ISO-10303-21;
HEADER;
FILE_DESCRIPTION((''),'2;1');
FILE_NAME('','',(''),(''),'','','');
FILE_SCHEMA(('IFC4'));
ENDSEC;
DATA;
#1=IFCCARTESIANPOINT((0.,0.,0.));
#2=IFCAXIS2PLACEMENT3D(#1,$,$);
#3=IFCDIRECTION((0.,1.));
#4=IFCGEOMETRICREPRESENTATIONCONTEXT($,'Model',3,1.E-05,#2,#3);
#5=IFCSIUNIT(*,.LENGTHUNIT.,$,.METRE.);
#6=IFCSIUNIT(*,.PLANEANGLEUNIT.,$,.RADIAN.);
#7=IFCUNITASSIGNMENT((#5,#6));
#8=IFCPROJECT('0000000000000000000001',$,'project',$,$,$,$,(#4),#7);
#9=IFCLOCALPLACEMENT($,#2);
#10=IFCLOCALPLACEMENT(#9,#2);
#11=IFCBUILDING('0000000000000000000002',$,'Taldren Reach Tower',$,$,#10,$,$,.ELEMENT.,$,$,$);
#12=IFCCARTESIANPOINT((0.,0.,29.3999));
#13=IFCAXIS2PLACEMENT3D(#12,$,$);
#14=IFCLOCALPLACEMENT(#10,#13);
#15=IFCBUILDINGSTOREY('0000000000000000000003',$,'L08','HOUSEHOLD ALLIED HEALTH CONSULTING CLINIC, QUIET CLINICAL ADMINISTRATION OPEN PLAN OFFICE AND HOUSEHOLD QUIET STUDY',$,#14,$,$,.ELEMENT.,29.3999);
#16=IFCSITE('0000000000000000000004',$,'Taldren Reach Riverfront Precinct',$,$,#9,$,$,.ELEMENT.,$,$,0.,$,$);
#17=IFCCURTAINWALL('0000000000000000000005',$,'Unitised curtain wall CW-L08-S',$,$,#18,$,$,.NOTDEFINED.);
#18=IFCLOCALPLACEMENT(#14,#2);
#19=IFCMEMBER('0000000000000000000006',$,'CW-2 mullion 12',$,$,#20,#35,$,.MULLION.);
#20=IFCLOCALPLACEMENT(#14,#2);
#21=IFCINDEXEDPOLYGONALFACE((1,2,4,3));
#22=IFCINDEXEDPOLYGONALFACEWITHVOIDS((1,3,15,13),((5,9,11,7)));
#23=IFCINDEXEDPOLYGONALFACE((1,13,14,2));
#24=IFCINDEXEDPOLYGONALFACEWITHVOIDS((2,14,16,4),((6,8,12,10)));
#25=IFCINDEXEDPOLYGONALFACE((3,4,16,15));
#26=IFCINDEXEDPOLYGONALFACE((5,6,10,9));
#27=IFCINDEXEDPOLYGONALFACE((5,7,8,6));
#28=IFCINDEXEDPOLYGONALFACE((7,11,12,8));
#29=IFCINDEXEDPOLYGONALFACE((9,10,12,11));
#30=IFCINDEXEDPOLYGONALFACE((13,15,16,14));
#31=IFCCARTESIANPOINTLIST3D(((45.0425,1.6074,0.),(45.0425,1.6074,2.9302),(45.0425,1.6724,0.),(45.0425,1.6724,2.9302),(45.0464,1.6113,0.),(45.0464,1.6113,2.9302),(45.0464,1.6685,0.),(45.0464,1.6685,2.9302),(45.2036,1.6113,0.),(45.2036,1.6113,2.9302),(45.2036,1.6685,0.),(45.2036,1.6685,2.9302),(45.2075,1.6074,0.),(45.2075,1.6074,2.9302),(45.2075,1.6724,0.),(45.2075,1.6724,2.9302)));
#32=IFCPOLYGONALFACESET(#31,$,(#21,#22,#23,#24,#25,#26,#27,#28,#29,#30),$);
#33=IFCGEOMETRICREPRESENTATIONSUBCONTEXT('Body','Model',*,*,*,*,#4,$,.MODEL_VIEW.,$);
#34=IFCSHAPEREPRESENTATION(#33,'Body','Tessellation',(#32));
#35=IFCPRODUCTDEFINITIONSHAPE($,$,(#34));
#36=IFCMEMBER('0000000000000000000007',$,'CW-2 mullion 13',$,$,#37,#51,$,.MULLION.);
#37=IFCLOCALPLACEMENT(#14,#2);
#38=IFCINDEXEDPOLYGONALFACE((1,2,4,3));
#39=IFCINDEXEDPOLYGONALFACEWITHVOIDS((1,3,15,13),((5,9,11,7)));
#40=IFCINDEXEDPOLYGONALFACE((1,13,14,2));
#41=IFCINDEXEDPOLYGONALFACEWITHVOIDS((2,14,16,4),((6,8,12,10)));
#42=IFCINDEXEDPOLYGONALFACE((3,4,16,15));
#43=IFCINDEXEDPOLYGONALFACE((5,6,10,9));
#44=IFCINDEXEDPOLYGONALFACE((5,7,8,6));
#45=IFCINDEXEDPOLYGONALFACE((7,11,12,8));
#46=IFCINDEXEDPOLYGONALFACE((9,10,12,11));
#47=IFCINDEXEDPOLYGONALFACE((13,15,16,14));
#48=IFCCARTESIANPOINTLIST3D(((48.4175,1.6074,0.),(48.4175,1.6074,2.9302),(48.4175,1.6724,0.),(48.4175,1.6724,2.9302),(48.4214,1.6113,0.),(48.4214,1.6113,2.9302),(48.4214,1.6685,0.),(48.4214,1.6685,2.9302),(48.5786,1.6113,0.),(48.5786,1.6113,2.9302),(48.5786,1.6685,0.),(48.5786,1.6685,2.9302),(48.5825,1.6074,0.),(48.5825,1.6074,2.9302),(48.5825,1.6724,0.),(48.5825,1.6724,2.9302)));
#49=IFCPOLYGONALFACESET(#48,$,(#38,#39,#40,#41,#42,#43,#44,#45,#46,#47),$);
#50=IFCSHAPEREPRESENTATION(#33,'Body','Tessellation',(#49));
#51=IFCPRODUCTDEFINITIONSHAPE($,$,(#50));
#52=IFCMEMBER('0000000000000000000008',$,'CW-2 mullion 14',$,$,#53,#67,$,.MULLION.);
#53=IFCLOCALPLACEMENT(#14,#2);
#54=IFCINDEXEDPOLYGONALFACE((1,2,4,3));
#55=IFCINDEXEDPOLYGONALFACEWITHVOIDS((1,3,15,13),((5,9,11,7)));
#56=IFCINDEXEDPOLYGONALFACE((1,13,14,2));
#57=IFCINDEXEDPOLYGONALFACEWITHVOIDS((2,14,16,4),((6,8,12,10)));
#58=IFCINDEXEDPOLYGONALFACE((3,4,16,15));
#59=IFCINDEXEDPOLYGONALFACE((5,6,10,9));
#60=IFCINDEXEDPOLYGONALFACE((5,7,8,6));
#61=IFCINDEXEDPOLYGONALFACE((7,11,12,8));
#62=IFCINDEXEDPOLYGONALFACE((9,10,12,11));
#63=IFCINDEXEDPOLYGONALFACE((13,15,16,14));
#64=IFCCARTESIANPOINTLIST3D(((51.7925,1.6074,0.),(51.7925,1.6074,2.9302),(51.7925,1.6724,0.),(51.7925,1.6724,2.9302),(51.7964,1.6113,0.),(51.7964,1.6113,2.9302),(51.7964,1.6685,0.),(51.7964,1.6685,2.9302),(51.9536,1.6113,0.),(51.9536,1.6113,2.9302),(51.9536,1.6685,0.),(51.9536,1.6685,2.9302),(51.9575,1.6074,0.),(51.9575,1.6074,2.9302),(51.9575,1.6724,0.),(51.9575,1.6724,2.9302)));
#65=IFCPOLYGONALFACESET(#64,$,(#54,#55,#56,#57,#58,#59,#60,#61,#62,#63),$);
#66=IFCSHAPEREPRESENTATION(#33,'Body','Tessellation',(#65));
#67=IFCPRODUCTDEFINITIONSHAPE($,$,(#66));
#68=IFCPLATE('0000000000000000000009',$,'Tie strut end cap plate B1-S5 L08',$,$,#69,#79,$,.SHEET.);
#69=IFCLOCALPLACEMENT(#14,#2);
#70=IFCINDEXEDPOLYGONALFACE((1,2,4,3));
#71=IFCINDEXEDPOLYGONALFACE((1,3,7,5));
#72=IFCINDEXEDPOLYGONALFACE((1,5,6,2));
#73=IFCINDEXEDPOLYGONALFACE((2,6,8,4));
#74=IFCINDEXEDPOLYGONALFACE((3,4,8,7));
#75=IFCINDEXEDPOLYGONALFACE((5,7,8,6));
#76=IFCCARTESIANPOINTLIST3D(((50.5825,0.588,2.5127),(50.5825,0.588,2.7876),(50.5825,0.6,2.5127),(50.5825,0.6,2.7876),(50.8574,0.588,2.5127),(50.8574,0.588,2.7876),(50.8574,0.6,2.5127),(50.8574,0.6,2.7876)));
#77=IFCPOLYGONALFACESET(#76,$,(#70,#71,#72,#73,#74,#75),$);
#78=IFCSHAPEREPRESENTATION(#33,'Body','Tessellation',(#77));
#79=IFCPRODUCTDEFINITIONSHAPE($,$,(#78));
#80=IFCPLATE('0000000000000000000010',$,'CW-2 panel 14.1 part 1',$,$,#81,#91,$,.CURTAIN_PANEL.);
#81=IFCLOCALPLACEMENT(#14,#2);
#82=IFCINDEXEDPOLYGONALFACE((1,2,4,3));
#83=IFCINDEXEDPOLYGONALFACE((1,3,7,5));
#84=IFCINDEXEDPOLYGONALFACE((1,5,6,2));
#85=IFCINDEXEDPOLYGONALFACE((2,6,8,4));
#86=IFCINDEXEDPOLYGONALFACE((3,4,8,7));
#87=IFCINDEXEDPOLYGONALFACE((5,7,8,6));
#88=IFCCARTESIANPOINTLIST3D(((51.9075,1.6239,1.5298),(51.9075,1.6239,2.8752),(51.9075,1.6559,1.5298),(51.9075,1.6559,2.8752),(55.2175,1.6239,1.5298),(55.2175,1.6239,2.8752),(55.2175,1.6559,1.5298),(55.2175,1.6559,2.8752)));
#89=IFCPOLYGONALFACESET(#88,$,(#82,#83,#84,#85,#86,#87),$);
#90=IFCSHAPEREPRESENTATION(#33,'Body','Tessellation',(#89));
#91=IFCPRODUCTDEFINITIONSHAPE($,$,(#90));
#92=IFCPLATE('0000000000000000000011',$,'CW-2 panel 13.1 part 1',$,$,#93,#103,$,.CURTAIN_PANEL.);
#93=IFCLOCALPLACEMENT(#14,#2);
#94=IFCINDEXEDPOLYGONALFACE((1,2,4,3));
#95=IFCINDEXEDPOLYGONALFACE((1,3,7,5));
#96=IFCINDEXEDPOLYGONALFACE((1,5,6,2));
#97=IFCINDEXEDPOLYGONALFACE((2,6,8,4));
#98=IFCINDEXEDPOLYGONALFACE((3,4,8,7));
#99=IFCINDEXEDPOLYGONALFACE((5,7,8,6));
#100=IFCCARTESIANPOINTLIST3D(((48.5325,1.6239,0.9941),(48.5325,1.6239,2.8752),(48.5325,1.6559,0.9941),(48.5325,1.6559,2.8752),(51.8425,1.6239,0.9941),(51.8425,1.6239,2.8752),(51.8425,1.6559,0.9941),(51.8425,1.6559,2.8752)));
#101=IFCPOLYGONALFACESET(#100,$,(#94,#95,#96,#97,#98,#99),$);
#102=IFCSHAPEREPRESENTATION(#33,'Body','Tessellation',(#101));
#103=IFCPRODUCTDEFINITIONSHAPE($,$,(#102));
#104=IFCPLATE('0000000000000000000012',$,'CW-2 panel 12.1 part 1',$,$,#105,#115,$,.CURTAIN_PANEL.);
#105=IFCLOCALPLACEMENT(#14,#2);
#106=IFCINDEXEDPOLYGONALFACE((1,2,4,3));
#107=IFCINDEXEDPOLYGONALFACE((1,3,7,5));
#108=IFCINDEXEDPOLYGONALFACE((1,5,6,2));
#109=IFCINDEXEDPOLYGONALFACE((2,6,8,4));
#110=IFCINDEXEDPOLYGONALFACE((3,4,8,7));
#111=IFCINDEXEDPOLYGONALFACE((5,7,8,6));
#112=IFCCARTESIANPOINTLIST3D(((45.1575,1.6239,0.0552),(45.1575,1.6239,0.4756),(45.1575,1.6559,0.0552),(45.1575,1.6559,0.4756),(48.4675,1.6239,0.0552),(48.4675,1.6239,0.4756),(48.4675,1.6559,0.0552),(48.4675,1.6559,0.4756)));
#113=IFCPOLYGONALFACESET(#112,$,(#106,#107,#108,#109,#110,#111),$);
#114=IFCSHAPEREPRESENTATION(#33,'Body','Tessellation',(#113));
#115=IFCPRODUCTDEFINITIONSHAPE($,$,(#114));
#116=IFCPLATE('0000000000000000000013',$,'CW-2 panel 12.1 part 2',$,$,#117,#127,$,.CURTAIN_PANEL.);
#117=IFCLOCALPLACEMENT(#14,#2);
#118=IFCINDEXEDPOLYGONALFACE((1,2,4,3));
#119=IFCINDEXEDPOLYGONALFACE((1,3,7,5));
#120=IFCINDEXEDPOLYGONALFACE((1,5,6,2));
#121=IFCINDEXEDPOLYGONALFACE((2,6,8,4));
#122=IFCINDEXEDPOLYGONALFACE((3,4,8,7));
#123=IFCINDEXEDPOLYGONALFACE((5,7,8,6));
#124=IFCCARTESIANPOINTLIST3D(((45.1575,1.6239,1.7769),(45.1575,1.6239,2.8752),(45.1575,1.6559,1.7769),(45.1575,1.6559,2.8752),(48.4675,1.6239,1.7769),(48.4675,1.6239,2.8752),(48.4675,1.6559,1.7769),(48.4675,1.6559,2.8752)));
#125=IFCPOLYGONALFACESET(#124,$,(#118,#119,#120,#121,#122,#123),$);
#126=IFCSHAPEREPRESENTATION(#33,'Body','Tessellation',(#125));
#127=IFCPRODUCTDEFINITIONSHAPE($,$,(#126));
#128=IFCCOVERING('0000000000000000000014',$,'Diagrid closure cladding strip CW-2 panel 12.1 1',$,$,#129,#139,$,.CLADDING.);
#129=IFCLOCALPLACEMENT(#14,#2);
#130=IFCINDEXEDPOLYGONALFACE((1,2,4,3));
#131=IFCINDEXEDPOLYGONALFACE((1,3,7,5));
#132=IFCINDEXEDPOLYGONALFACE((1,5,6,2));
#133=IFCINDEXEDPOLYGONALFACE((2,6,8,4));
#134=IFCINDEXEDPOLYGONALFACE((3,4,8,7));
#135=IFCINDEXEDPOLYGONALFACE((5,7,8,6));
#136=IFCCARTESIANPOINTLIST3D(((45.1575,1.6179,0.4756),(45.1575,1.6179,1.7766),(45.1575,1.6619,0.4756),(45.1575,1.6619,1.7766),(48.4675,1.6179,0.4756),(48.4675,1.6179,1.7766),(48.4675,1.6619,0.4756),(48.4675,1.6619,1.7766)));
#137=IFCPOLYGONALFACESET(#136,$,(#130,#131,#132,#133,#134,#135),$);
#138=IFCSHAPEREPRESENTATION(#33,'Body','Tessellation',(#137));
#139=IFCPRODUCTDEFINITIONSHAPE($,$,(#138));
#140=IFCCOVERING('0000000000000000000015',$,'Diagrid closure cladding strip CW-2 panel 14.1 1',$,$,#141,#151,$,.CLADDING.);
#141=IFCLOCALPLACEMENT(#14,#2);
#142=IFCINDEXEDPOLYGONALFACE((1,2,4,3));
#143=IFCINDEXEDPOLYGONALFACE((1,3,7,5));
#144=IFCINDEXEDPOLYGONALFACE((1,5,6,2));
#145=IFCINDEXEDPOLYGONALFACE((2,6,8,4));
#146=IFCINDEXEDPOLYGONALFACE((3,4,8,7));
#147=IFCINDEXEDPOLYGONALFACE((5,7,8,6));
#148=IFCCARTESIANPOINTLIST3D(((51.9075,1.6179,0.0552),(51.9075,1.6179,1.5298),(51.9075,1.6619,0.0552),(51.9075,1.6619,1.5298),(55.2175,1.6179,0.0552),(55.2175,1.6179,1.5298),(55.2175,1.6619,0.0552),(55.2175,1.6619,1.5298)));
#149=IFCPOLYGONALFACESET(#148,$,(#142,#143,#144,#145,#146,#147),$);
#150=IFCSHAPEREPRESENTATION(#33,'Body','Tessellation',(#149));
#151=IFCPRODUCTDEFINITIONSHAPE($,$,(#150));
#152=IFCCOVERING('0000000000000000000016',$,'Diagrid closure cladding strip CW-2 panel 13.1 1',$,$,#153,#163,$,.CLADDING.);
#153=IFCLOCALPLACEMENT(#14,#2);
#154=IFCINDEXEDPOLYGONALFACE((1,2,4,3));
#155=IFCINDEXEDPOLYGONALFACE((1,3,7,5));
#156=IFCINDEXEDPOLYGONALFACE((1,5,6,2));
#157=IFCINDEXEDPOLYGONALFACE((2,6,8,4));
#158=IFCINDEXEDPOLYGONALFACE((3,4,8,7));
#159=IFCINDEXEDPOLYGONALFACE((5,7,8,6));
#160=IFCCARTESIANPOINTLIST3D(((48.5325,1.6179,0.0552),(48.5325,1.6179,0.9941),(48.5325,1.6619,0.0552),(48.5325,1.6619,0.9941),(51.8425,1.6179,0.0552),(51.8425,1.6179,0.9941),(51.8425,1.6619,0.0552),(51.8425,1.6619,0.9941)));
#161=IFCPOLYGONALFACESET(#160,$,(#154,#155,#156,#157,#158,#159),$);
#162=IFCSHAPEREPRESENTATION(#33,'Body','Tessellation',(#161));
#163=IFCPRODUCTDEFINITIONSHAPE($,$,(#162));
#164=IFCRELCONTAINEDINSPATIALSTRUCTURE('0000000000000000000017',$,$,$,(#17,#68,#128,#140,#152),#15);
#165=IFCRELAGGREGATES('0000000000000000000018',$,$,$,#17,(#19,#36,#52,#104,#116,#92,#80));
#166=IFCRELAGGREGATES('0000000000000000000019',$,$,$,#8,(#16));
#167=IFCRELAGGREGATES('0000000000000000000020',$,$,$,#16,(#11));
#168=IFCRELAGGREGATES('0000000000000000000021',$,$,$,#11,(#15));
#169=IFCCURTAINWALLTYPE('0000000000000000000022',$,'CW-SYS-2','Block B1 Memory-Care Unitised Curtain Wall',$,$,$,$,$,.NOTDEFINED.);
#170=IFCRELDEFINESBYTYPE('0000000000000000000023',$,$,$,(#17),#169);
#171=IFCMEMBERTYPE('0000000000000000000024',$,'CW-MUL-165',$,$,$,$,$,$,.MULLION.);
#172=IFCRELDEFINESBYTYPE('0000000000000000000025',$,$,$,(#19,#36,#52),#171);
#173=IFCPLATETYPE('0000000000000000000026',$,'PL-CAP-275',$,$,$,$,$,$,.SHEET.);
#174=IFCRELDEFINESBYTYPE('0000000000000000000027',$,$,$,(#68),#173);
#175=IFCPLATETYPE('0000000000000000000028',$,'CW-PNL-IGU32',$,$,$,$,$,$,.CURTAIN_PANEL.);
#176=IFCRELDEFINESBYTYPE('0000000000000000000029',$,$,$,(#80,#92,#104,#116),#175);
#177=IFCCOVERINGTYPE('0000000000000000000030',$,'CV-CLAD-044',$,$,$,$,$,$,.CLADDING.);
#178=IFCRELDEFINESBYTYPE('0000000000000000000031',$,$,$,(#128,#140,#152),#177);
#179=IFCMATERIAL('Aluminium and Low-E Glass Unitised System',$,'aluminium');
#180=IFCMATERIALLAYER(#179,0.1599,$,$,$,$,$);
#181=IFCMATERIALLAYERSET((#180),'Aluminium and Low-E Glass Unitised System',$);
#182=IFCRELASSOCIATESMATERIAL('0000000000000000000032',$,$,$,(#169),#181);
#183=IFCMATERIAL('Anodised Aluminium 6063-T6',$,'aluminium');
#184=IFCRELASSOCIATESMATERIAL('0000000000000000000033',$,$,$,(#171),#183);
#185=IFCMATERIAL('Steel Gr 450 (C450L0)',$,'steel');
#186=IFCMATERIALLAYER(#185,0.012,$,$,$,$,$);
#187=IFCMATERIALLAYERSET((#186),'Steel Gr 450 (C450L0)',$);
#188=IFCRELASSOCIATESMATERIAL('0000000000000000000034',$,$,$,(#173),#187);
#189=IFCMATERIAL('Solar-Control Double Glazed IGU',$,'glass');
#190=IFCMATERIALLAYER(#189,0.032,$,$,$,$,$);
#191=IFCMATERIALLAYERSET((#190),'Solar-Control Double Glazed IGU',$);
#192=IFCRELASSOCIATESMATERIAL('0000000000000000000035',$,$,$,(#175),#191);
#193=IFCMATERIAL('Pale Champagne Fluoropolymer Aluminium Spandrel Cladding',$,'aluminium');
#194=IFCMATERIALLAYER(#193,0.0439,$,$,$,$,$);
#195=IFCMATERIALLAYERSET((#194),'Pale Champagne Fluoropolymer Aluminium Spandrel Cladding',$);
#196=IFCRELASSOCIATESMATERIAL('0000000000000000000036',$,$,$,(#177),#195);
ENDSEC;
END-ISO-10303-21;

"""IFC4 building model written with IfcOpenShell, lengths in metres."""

from ifc_helpers import new_model, si_unit, direction, frame, origin, origin_2d, place, context, subcontext, project, spatial, rectangle, hollow_rectangle, extrude, source, transform, mapped, material, layer, layer_set, material_profile, profile_set, type_object, element, aggregate, save


model = new_model("IFC4")

# Units and contexts
model_context = context("Model", 3, precision=1e-05, world=origin(), true_north=direction((0.0, 1.0)))
body_context = subcontext(model_context, "Body", "Model", "MODEL_VIEW")
ifc_project = project(units=[si_unit("LENGTHUNIT", "METRE"), si_unit("PLANEANGLEUNIT", "RADIAN")], contexts=[model_context])

# Site, building, storey
site_placement = place(None, origin())
site = spatial("IfcSite", under=ifc_project, at=site_placement, Name="Taldren Reach Riverfront Precinct", CompositionType="ELEMENT", RefElevation=0.0)
building_placement = place(site_placement, origin())
building = spatial("IfcBuilding", under=site, at=building_placement, Name="Taldren Reach Tower", CompositionType="ELEMENT")
storey_placement = place(building_placement, frame((0.0, 0.0, 29.3999)))
storey = spatial("IfcBuildingStorey", under=building, at=storey_placement, Name="L08", Description="HOUSEHOLD ALLIED HEALTH CONSULTING CLINIC, QUIET CLINICAL ADMINISTRATION OPEN PLAN OFFICE AND HOUSEHOLD QUIET STUDY", CompositionType="ELEMENT", Elevation=29.3999)

# Shared definitions
ifc_material_1 = material(Name="Steel Gr 450 (C450L0)", Category="steel")

# Curtain wall, members
ifc_material_2 = material(Name="Aluminium and Low-E Glass Unitised System", Category="aluminium")
ifc_layer_1 = layer(ifc_material_2, 0.1599)
ifc_layer_set_1 = layer_set([ifc_layer_1], Name="Aluminium and Low-E Glass Unitised System")
curtain_wall_type = type_object("IfcCurtainWallType", Name="CW-SYS-2", Description="Block B1 Memory-Care Unitised Curtain Wall", PredefinedType="NOTDEFINED", material=ifc_layer_set_1)
curtain_wall_placement = place(storey_placement, origin())
curtain_wall = element("IfcCurtainWall", 1, at=curtain_wall_placement, inside=storey, type_object=curtain_wall_type, Name="Unitised curtain wall CW-L08-S", PredefinedType="NOTDEFINED")
ifc_material_3 = material(Name="Anodised Aluminium 6063-T6", Category="aluminium")
ifc_material_profile_1 = material_profile(ifc_material_3, hollow_rectangle(XDim=0.0649, YDim=0.165, WallThickness=0.0039, at=origin_2d()), Name="ALU-165x65x4RHS")
ifc_profile_set_1 = profile_set([ifc_material_profile_1], Name="Anodised Aluminium 6063-T6")
member_type_1 = type_object("IfcMemberType", Name="CW-MUL-165", PredefinedType="MULLION", material=ifc_profile_set_1)
shared_shape_1 = source(origin(), body_context, "Body", "SweptSolid", [
    extrude(hollow_rectangle(XDim=0.0649, YDim=0.165, WallThickness=0.0039, at=origin_2d()), origin(), (0.0, 0.0, 1.0), 2.9302),
])
member_1_placement = place(storey_placement, frame((45.125, 1.6399, 0.0), z_axis=(0.0, 0.0, 1.0), x_axis=(0.0, 1.0, 0.0)))
member_1 = element("IfcMember", 2, at=member_1_placement, type_object=member_type_1, Name="CW-2 mullion 12", PredefinedType="MULLION", context=body_context, shape_type="MappedRepresentation", body=[
    mapped(shared_shape_1, transform((0.0, 0.0, 0.0), scale=1.0)),
])
member_2_placement = place(storey_placement, frame((48.5, 1.6399, 0.0), z_axis=(0.0, 0.0, 1.0), x_axis=(0.0, 1.0, 0.0)))
member_2 = element("IfcMember", 3, at=member_2_placement, type_object=member_type_1, Name="CW-2 mullion 13", PredefinedType="MULLION", context=body_context, shape_type="MappedRepresentation", body=[
    mapped(shared_shape_1, transform((0.0, 0.0, 0.0), scale=1.0)),
])
member_3_placement = place(storey_placement, frame((51.875, 1.6399, 0.0), z_axis=(0.0, 0.0, 1.0), x_axis=(0.0, 1.0, 0.0)))
member_3 = element("IfcMember", 4, at=member_3_placement, type_object=member_type_1, Name="CW-2 mullion 14", PredefinedType="MULLION", context=body_context, shape_type="MappedRepresentation", body=[
    mapped(shared_shape_1, transform((0.0, 0.0, 0.0), scale=1.0)),
])

# Plates
ifc_layer_2 = layer(ifc_material_1, 0.012)
ifc_layer_set_2 = layer_set([ifc_layer_2], Name="Steel Gr 450 (C450L0)")
plate_type_1 = type_object("IfcPlateType", Name="PL-CAP-275", PredefinedType="SHEET", material=ifc_layer_set_2)
shared_shape_2 = source(origin(), body_context, "Body", "SweptSolid", [
    extrude(rectangle(XDim=0.2749, YDim=0.012, at=origin_2d()), origin(), (0.0, 0.0, 1.0), 0.2749),
])
plate_1_placement = place(storey_placement, frame((50.72, 0.594, 2.5127), z_axis=(0.0, 0.0, 1.0), x_axis=(1.0, 0.0, 0.0)))
element("IfcPlate", 5, at=plate_1_placement, inside=storey, type_object=plate_type_1, Name="Tie strut end cap plate B1-S5 L08", PredefinedType="SHEET", context=body_context, shape_type="MappedRepresentation", body=[
    mapped(shared_shape_2, transform((0.0, 0.0, 0.0), scale=1.0)),
])
ifc_material_4 = material(Name="Solar-Control Double Glazed IGU", Category="glass")
ifc_layer_3 = layer(ifc_material_4, 0.032)
ifc_layer_set_3 = layer_set([ifc_layer_3], Name="Solar-Control Double Glazed IGU")
plate_type_2 = type_object("IfcPlateType", Name="CW-PNL-IGU32", PredefinedType="CURTAIN_PANEL", material=ifc_layer_set_3)
shared_shape_3 = source(origin(), body_context, "Body", "SweptSolid", [
    extrude(rectangle(XDim=3.3101, YDim=0.032, at=origin_2d()), origin(), (0.0, 0.0, 1.0), 1.3455),
])
plate_2_placement = place(storey_placement, frame((53.5625, 1.6399, 1.5298), z_axis=(0.0, 0.0, 1.0), x_axis=(1.0, 0.0, 0.0)))
plate_2 = element("IfcPlate", 6, at=plate_2_placement, type_object=plate_type_2, Name="CW-2 panel 14.1 part 1", PredefinedType="CURTAIN_PANEL", context=body_context, shape_type="MappedRepresentation", body=[
    mapped(shared_shape_3, transform((0.0, 0.0, 0.0), scale=1.0)),
])
shared_shape_4 = source(origin(), body_context, "Body", "SweptSolid", [
    extrude(rectangle(XDim=3.3101, YDim=0.032, at=origin_2d()), origin(), (0.0, 0.0, 1.0), 1.8811),
])
plate_3_placement = place(storey_placement, frame((50.1875, 1.6399, 0.9941), z_axis=(0.0, 0.0, 1.0), x_axis=(1.0, 0.0, 0.0)))
plate_3 = element("IfcPlate", 7, at=plate_3_placement, type_object=plate_type_2, Name="CW-2 panel 13.1 part 1", PredefinedType="CURTAIN_PANEL", context=body_context, shape_type="MappedRepresentation", body=[
    mapped(shared_shape_4, transform((0.0, 0.0, 0.0), scale=1.0)),
])
shared_shape_5 = source(origin(), body_context, "Body", "SweptSolid", [
    extrude(rectangle(XDim=3.3101, YDim=0.032, at=origin_2d()), origin(), (0.0, 0.0, 1.0), 0.4204),
])
plate_4_placement = place(storey_placement, frame((46.8125, 1.6399, 0.0552), z_axis=(0.0, 0.0, 1.0), x_axis=(1.0, 0.0, 0.0)))
plate_4 = element("IfcPlate", 8, at=plate_4_placement, type_object=plate_type_2, Name="CW-2 panel 12.1 part 1", PredefinedType="CURTAIN_PANEL", context=body_context, shape_type="MappedRepresentation", body=[
    mapped(shared_shape_5, transform((0.0, 0.0, 0.0), scale=1.0)),
])
shared_shape_6 = source(origin(), body_context, "Body", "SweptSolid", [
    extrude(rectangle(XDim=3.3101, YDim=0.032, at=origin_2d()), origin(), (0.0, 0.0, 1.0), 1.0984),
])
plate_5_placement = place(storey_placement, frame((46.8125, 1.6399, 1.7769), z_axis=(0.0, 0.0, 1.0), x_axis=(1.0, 0.0, 0.0)))
plate_5 = element("IfcPlate", 9, at=plate_5_placement, type_object=plate_type_2, Name="CW-2 panel 12.1 part 2", PredefinedType="CURTAIN_PANEL", context=body_context, shape_type="MappedRepresentation", body=[
    mapped(shared_shape_6, transform((0.0, 0.0, 0.0), scale=1.0)),
])
aggregate(curtain_wall, [member_1, member_2, member_3, plate_4, plate_5, plate_3, plate_2])

# Coverings
ifc_material_5 = material(Name="Pale Champagne Fluoropolymer Aluminium Spandrel Cladding", Category="aluminium")
ifc_layer_4 = layer(ifc_material_5, 0.0439)
ifc_layer_set_4 = layer_set([ifc_layer_4], Name="Pale Champagne Fluoropolymer Aluminium Spandrel Cladding")
covering_type = type_object("IfcCoveringType", Name="CV-CLAD-044", PredefinedType="CLADDING", material=ifc_layer_set_4)
shared_shape_7 = source(origin(), body_context, "Body", "SweptSolid", [
    extrude(rectangle(XDim=3.3101, YDim=0.0439, at=origin_2d()), origin(), (0.0, 0.0, 1.0), 1.301),
])
covering_1_placement = place(storey_placement, frame((46.8125, 1.6399, 0.4756), z_axis=(0.0, 0.0, 1.0), x_axis=(1.0, 0.0, 0.0)))
element("IfcCovering", 10, at=covering_1_placement, inside=storey, type_object=covering_type, Name="Diagrid closure cladding strip CW-2 panel 12.1 1", PredefinedType="CLADDING", context=body_context, shape_type="MappedRepresentation", body=[
    mapped(shared_shape_7, transform((0.0, 0.0, 0.0), scale=1.0)),
])
shared_shape_8 = source(origin(), body_context, "Body", "SweptSolid", [
    extrude(rectangle(XDim=3.3101, YDim=0.0439, at=origin_2d()), origin(), (0.0, 0.0, 1.0), 1.4746),
])
covering_2_placement = place(storey_placement, frame((53.5625, 1.6399, 0.0552), z_axis=(0.0, 0.0, 1.0), x_axis=(1.0, 0.0, 0.0)))
element("IfcCovering", 11, at=covering_2_placement, inside=storey, type_object=covering_type, Name="Diagrid closure cladding strip CW-2 panel 14.1 1", PredefinedType="CLADDING", context=body_context, shape_type="MappedRepresentation", body=[
    mapped(shared_shape_8, transform((0.0, 0.0, 0.0), scale=1.0)),
])
shared_shape_9 = source(origin(), body_context, "Body", "SweptSolid", [
    extrude(rectangle(XDim=3.3101, YDim=0.0439, at=origin_2d()), origin(), (0.0, 0.0, 1.0), 0.939),
])
covering_3_placement = place(storey_placement, frame((50.1875, 1.6399, 0.0552), z_axis=(0.0, 0.0, 1.0), x_axis=(1.0, 0.0, 0.0)))
element("IfcCovering", 12, at=covering_3_placement, inside=storey, type_object=covering_type, Name="Diagrid closure cladding strip CW-2 panel 13.1 1", PredefinedType="CLADDING", context=body_context, shape_type="MappedRepresentation", body=[
    mapped(shared_shape_9, transform((0.0, 0.0, 0.0), scale=1.0)),
])

save(model, "model.ifc")
